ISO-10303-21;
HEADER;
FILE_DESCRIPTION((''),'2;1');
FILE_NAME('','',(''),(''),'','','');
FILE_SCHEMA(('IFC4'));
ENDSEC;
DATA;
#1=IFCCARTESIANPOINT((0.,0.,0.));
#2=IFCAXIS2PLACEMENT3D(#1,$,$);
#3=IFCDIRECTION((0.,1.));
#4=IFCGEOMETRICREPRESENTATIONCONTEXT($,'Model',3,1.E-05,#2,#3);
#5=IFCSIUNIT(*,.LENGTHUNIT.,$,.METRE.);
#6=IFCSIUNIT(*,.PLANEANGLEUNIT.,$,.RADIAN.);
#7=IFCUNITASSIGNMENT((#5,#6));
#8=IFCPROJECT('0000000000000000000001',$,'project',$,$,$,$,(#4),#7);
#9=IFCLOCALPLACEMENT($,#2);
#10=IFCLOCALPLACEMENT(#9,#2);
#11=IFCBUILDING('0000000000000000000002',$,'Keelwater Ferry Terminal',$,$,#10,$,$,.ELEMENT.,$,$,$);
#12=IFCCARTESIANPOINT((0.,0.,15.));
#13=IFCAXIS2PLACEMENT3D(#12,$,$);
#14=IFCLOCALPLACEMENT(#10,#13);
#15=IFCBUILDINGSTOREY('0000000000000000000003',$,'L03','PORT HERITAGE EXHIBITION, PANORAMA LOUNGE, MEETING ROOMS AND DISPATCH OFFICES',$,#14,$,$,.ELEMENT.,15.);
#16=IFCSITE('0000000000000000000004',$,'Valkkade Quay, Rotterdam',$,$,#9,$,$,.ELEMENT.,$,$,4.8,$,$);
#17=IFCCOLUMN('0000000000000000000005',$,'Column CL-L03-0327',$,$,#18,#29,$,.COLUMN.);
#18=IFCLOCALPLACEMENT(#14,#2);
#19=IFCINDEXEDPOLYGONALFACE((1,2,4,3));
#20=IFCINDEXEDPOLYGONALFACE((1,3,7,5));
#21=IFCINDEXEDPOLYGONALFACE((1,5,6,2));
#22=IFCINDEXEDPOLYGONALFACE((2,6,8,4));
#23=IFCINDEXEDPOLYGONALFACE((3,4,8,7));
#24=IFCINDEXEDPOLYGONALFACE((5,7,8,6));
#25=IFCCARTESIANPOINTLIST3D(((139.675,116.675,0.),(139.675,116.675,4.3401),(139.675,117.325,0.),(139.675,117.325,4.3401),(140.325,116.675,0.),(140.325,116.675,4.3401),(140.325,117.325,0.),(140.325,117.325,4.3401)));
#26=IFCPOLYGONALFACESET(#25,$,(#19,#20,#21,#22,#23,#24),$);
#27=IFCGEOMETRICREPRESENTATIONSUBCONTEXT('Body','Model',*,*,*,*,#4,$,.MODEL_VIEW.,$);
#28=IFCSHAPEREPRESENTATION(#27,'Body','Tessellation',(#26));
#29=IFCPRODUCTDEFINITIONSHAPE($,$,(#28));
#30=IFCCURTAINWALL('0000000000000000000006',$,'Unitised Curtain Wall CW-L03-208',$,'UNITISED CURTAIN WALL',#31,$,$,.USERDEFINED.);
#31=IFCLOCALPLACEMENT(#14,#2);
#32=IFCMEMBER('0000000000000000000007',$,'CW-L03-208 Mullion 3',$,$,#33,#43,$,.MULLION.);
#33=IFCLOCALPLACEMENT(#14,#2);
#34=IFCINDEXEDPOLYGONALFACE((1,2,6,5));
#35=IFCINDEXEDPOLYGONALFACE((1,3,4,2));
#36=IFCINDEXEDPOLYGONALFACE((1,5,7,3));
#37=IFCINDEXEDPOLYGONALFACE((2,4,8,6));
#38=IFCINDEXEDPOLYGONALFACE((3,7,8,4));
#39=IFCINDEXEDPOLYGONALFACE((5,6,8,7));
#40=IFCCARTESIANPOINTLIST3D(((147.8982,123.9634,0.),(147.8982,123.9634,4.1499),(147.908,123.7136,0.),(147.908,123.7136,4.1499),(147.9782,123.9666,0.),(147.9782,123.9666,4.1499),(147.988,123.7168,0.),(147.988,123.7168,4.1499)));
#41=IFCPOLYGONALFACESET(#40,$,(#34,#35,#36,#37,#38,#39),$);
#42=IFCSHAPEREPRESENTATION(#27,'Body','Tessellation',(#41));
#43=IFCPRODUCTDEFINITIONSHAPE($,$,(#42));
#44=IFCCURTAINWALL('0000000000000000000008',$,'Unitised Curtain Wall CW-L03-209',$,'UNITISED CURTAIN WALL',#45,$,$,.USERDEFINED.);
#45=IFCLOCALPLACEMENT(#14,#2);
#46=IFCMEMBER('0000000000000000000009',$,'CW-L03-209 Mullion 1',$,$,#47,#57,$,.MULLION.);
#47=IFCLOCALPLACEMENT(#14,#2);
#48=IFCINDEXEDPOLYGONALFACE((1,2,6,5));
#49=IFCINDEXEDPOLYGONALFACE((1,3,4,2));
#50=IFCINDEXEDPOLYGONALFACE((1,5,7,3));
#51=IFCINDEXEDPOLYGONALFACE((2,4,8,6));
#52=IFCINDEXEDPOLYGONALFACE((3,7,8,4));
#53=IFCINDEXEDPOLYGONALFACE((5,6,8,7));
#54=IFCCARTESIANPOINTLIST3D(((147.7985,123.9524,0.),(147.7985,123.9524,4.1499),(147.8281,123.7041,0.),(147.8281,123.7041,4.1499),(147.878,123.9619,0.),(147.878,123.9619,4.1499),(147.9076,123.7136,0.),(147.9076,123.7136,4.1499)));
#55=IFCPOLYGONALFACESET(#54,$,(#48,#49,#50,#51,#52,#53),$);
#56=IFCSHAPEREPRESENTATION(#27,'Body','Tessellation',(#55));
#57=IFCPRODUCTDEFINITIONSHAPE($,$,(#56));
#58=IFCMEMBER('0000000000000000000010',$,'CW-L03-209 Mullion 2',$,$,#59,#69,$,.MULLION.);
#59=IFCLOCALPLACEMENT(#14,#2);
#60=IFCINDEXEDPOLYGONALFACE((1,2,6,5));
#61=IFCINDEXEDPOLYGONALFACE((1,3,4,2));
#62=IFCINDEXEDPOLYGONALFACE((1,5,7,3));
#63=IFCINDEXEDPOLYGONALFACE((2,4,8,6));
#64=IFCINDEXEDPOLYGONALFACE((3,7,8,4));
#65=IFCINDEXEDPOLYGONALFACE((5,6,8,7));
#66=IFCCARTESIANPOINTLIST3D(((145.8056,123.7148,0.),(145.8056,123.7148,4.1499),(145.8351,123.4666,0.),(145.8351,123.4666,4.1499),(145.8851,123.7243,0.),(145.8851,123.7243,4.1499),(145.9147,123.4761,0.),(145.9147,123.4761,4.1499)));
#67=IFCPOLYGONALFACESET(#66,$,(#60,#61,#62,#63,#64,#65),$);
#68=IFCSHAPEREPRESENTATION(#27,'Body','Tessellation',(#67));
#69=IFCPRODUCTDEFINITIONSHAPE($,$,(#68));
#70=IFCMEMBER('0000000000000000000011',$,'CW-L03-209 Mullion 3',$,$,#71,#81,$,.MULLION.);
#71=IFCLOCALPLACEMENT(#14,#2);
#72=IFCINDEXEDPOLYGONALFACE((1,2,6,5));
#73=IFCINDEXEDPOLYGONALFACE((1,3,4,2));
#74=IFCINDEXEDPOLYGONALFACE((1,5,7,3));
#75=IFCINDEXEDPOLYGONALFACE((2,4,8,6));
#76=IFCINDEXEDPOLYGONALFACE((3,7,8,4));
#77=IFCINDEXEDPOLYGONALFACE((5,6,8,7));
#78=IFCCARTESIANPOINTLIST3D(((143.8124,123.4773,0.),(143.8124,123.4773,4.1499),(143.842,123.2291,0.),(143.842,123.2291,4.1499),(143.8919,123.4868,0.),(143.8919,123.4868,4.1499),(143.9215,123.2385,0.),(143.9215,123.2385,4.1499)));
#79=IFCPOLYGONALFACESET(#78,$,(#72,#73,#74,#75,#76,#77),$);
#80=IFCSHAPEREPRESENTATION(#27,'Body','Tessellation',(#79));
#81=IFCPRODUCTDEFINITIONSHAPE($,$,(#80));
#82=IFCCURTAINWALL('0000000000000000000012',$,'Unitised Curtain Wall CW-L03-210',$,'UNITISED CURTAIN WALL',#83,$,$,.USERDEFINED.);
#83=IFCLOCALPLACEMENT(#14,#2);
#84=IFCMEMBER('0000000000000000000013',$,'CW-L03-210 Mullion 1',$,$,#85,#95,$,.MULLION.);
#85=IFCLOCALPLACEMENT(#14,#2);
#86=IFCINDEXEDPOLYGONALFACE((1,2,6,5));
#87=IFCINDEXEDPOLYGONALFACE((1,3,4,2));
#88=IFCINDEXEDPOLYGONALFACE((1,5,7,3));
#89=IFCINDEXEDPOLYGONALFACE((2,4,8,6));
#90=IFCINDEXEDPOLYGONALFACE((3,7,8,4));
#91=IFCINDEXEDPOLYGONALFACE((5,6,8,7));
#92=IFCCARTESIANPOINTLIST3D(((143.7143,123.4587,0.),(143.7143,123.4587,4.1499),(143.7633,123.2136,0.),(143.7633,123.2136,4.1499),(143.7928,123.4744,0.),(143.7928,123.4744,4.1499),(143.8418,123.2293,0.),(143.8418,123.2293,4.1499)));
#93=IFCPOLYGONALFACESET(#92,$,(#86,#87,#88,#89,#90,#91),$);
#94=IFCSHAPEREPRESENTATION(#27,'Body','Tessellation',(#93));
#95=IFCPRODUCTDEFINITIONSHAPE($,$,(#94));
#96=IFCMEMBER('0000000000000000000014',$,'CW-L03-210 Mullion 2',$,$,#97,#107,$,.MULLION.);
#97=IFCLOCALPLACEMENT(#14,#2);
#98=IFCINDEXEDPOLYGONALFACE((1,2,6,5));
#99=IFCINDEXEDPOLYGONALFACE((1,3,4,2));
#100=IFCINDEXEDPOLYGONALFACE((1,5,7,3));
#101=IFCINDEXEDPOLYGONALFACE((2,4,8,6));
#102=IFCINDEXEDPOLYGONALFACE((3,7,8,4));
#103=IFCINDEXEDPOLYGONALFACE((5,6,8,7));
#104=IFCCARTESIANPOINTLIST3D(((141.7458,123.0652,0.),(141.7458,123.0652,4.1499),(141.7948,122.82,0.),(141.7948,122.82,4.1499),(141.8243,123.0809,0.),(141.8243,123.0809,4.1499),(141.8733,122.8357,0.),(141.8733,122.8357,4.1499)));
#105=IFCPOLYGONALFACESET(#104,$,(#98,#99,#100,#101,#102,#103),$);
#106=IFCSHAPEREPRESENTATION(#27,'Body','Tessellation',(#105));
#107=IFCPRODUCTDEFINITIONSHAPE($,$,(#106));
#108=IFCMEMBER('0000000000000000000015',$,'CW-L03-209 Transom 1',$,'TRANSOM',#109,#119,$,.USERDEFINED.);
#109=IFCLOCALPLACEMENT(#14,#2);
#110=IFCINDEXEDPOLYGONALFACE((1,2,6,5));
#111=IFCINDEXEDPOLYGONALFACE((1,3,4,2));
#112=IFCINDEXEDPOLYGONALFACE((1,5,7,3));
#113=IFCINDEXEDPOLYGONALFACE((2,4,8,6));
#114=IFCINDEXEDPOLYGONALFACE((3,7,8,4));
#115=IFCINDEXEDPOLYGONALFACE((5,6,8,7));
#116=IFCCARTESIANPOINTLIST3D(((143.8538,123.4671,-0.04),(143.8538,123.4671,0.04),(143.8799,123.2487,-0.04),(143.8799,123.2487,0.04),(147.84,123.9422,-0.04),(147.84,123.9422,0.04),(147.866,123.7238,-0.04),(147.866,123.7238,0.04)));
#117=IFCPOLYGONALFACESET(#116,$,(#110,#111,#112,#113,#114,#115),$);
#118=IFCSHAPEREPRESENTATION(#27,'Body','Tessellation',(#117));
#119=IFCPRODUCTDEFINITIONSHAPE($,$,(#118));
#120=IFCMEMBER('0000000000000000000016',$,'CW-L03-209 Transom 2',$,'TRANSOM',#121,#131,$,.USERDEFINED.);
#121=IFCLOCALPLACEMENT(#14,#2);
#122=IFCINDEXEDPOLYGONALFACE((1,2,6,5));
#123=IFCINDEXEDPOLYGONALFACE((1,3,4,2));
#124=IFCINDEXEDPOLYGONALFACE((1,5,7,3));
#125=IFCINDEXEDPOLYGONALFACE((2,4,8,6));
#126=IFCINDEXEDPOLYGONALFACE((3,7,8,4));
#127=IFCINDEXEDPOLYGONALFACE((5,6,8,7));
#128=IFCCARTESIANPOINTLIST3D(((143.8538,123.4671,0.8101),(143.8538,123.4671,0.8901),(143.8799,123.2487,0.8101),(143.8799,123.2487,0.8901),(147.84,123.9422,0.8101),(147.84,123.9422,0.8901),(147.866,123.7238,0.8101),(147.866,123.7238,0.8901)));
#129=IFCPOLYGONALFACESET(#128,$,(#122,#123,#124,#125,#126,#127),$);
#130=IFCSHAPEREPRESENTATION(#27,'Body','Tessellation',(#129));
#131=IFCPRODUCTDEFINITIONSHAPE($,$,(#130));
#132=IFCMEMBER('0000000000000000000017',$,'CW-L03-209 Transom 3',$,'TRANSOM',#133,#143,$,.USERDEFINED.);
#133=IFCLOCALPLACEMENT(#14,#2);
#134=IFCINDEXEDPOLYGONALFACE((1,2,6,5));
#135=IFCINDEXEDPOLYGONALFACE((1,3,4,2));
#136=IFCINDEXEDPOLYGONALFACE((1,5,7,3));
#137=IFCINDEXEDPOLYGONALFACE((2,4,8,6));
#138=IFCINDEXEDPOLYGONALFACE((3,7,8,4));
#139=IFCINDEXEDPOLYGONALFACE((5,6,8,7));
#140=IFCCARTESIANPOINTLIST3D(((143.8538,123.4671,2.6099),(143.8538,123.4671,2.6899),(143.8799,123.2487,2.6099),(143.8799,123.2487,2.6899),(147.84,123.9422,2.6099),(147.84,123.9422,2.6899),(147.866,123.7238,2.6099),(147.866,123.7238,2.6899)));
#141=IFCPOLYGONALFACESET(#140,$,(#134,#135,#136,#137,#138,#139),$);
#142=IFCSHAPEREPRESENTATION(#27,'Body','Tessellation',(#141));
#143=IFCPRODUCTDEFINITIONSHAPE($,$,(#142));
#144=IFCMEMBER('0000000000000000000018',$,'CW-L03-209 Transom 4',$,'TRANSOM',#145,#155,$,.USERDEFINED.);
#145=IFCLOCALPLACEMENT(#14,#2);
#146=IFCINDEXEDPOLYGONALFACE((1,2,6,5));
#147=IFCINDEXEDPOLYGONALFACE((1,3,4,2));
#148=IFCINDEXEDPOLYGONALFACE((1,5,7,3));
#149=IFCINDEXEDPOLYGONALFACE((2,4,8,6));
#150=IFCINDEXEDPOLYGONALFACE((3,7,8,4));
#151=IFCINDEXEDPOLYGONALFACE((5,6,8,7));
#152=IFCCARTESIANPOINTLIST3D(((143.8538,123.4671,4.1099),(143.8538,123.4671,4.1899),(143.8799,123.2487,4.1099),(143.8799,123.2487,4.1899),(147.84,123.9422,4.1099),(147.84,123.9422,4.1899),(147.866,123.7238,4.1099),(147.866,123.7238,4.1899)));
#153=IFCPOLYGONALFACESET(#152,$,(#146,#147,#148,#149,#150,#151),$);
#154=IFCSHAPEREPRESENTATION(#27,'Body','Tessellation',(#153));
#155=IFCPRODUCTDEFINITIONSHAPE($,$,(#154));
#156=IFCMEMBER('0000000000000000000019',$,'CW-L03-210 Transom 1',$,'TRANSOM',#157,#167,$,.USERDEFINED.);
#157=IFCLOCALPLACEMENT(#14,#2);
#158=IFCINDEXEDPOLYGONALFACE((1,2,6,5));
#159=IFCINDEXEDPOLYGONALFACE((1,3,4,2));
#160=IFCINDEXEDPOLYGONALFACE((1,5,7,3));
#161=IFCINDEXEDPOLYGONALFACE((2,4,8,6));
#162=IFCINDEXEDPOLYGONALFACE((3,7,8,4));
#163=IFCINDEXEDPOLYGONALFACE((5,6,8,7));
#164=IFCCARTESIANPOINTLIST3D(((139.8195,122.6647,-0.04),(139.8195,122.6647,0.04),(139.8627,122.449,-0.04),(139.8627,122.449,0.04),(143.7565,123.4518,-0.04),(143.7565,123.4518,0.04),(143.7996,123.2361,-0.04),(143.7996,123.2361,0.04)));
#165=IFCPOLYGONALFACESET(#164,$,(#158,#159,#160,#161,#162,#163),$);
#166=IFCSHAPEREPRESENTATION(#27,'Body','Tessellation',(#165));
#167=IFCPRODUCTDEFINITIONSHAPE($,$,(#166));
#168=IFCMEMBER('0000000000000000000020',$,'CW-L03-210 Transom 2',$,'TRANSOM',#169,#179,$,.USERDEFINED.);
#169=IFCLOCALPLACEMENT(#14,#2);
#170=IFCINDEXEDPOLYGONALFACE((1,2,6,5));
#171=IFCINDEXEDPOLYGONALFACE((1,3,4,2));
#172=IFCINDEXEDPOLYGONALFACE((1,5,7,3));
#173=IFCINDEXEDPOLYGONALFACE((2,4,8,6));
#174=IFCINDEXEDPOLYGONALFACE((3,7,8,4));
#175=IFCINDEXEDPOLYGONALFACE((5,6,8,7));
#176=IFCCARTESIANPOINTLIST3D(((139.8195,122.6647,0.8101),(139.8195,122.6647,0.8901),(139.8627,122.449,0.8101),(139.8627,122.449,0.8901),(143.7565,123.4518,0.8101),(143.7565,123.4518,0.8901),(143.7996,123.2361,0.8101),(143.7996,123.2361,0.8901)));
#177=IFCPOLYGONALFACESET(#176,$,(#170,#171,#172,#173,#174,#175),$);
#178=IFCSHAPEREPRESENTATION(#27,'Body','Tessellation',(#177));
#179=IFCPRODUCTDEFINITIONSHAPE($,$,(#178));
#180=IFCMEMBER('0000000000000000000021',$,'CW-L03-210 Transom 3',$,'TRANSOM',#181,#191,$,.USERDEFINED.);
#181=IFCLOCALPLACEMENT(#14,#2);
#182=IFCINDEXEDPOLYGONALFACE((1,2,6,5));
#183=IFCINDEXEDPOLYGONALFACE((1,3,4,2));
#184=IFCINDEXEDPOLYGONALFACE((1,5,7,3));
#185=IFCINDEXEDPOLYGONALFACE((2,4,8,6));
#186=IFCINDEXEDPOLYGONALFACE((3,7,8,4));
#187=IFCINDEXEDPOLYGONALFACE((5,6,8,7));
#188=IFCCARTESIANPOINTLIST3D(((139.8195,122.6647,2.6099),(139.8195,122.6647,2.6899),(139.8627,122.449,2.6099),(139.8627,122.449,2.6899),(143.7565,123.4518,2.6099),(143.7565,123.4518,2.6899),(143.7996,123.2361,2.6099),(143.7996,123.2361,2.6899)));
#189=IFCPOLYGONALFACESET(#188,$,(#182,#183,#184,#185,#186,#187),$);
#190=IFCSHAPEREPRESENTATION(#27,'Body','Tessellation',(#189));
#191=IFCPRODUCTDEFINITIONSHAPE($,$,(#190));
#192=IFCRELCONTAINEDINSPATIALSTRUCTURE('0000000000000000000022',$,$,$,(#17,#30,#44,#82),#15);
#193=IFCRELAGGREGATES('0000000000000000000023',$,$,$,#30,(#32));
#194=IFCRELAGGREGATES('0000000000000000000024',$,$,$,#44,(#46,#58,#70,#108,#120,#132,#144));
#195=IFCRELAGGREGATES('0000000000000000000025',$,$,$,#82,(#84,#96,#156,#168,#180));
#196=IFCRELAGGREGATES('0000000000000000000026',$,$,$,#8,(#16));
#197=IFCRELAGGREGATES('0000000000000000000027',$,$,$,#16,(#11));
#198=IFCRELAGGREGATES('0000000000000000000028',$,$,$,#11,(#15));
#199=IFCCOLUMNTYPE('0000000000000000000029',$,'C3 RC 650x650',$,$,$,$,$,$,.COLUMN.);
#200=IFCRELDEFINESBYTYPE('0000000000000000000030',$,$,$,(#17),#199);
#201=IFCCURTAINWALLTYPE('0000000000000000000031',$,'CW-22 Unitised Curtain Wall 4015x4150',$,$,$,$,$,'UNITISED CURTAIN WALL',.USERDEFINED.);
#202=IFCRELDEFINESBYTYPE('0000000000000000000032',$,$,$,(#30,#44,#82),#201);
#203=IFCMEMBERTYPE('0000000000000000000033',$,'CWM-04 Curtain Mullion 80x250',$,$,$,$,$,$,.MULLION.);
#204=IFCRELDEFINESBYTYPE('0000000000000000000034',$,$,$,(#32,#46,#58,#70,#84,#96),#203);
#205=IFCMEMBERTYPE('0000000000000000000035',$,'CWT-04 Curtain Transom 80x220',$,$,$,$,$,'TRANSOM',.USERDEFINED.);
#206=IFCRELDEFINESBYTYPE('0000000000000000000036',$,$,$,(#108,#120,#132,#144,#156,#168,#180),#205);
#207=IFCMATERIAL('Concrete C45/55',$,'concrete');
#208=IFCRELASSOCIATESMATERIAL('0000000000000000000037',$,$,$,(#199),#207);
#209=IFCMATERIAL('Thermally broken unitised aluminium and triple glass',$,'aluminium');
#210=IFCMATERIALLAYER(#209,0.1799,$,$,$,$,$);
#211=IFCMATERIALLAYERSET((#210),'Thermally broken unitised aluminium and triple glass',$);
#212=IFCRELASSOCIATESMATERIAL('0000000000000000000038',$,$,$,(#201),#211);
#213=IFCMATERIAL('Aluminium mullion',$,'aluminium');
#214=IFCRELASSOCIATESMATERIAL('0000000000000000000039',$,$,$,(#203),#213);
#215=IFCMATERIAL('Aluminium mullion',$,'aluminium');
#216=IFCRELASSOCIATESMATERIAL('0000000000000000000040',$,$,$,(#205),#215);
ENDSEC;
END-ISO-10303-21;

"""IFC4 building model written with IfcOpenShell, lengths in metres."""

from ifc_helpers import new_model, si_unit, direction, frame, origin, origin_2d, place, context, subcontext, project, spatial, rectangle, extrude, material, layer, layer_set, material_profile, profile_set, type_object, element, aggregate, save


model = new_model("IFC4")

# Units and contexts
model_context = context("Model", 3, precision=1e-05, world=origin(), true_north=direction((0.0, 1.0)))
body_context = subcontext(model_context, "Body", "Model", "MODEL_VIEW")
ifc_project = project(units=[si_unit("LENGTHUNIT", "METRE"), si_unit("PLANEANGLEUNIT", "RADIAN")], contexts=[model_context])

# Site, building, storey
site_placement = place(None, origin())
site = spatial("IfcSite", under=ifc_project, at=site_placement, Name="Valkkade Quay, Rotterdam", CompositionType="ELEMENT", RefElevation=4.8)
building_placement = place(site_placement, origin())
building = spatial("IfcBuilding", under=site, at=building_placement, Name="Keelwater Ferry Terminal", CompositionType="ELEMENT")
storey_placement = place(building_placement, frame((0.0, 0.0, 15.0)))
storey = spatial("IfcBuildingStorey", under=building, at=storey_placement, Name="L03", Description="PORT HERITAGE EXHIBITION, PANORAMA LOUNGE, MEETING ROOMS AND DISPATCH OFFICES", CompositionType="ELEMENT", Elevation=15.0)

# Column
ifc_material_1 = material(Name="Concrete C45/55", Category="concrete")
ifc_material_profile_1 = material_profile(ifc_material_1, rectangle(XDim=0.6499, YDim=0.6499, at=origin_2d()), Name="RC 650x650")
ifc_profile_set_1 = profile_set([ifc_material_profile_1], Name="Concrete C45/55")
column_type = type_object("IfcColumnType", Name="C3 RC 650x650", PredefinedType="COLUMN", material=ifc_profile_set_1)
column_placement = place(storey_placement, frame((140.0, 117.0, 0.0), z_axis=(0.0, 0.0, 1.0), x_axis=(1.0, 0.0, 0.0)))
element("IfcColumn", 1, at=column_placement, inside=storey, type_object=column_type, Name="Column CL-L03-0327", PredefinedType="COLUMN", context=body_context, shape_type="SweptSolid", body=[
    extrude(rectangle(XDim=0.6499, YDim=0.6499, at=origin_2d()), origin(), (0.0, 0.0, 1.0), 4.3401),
])

# Curtain wall, member
ifc_material_2 = material(Name="Thermally broken unitised aluminium and triple glass", Category="aluminium")
ifc_layer_1 = layer(ifc_material_2, 0.1799)
ifc_layer_set_1 = layer_set([ifc_layer_1], Name="Thermally broken unitised aluminium and triple glass")
curtain_wall_type = type_object("IfcCurtainWallType", Name="CW-22 Unitised Curtain Wall 4015x4150", ElementType="UNITISED CURTAIN WALL", PredefinedType="USERDEFINED", material=ifc_layer_set_1)
curtain_wall_1_placement = place(storey_placement, origin())
curtain_wall_1 = element("IfcCurtainWall", 2, at=curtain_wall_1_placement, inside=storey, type_object=curtain_wall_type, Name="Unitised Curtain Wall CW-L03-208", ObjectType="UNITISED CURTAIN WALL", PredefinedType="USERDEFINED")
ifc_material_3 = material(Name="Aluminium mullion", Category="aluminium")
ifc_material_profile_2 = material_profile(ifc_material_3, rectangle(XDim=0.0801, YDim=0.25, at=origin_2d()), Name="CWM-04")
ifc_profile_set_2 = profile_set([ifc_material_profile_2], Name="Aluminium mullion")
member_type_1 = type_object("IfcMemberType", Name="CWM-04 Curtain Mullion 80x250", PredefinedType="MULLION", material=ifc_profile_set_2)
member_1_placement = place(storey_placement, frame((147.9431, 123.8401, 0.0), z_axis=(0.0, 0.0, 1.0), x_axis=(-0.999225, -0.039351, 0.0)))
member_1 = element("IfcMember", 3, at=member_1_placement, type_object=member_type_1, Name="CW-L03-208 Mullion 3", PredefinedType="MULLION", context=body_context, shape_type="SweptSolid", body=[
    extrude(rectangle(XDim=0.0801, YDim=0.25, at=origin_2d()), origin(), (0.0, 0.0, 1.0), 4.1499),
])
aggregate(curtain_wall_1, [member_1])

# Curtain walls, members
curtain_wall_2_placement = place(storey_placement, origin())
curtain_wall_2 = element("IfcCurtainWall", 4, at=curtain_wall_2_placement, inside=storey, type_object=curtain_wall_type, Name="Unitised Curtain Wall CW-L03-209", ObjectType="UNITISED CURTAIN WALL", PredefinedType="USERDEFINED")
member_2_placement = place(storey_placement, frame((147.853, 123.833, 0.0), z_axis=(0.0, 0.0, 1.0), x_axis=(-0.992974, -0.11833, 0.0)))
member_2 = element("IfcMember", 5, at=member_2_placement, type_object=member_type_1, Name="CW-L03-209 Mullion 1", PredefinedType="MULLION", context=body_context, shape_type="SweptSolid", body=[
    extrude(rectangle(XDim=0.0801, YDim=0.25, at=origin_2d()), origin(), (0.0, 0.0, 1.0), 4.1499),
])
member_3_placement = place(storey_placement, frame((145.8601, 123.5955, 0.0), z_axis=(0.0, 0.0, 1.0), x_axis=(-0.992974, -0.11833, 0.0)))
member_3 = element("IfcMember", 6, at=member_3_placement, type_object=member_type_1, Name="CW-L03-209 Mullion 2", PredefinedType="MULLION", context=body_context, shape_type="SweptSolid", body=[
    extrude(rectangle(XDim=0.0801, YDim=0.25, at=origin_2d()), origin(), (0.0, 0.0, 1.0), 4.1499),
])
member_4_placement = place(storey_placement, frame((143.8669, 123.3579, 0.0), z_axis=(0.0, 0.0, 1.0), x_axis=(-0.992974, -0.11833, 0.0)))
member_4 = element("IfcMember", 7, at=member_4_placement, type_object=member_type_1, Name="CW-L03-209 Mullion 3", PredefinedType="MULLION", context=body_context, shape_type="SweptSolid", body=[
    extrude(rectangle(XDim=0.0801, YDim=0.25, at=origin_2d()), origin(), (0.0, 0.0, 1.0), 4.1499),
])
curtain_wall_3_placement = place(storey_placement, origin())
curtain_wall_3 = element("IfcCurtainWall", 8, at=curtain_wall_3_placement, inside=storey, type_object=curtain_wall_type, Name="Unitised Curtain Wall CW-L03-210", ObjectType="UNITISED CURTAIN WALL", PredefinedType="USERDEFINED")
member_5_placement = place(storey_placement, frame((143.7781, 123.344, 0.0), z_axis=(0.0, 0.0, 1.0), x_axis=(-0.9806, -0.19602, 0.0)))
member_5 = element("IfcMember", 9, at=member_5_placement, type_object=member_type_1, Name="CW-L03-210 Mullion 1", PredefinedType="MULLION", context=body_context, shape_type="SweptSolid", body=[
    extrude(rectangle(XDim=0.0801, YDim=0.25, at=origin_2d()), origin(), (0.0, 0.0, 1.0), 4.1499),
])
member_6_placement = place(storey_placement, frame((141.8096, 122.9504, 0.0), z_axis=(0.0, 0.0, 1.0), x_axis=(-0.9806, -0.19602, 0.0)))
member_6 = element("IfcMember", 10, at=member_6_placement, type_object=member_type_1, Name="CW-L03-210 Mullion 2", PredefinedType="MULLION", context=body_context, shape_type="SweptSolid", body=[
    extrude(rectangle(XDim=0.0801, YDim=0.25, at=origin_2d()), origin(), (0.0, 0.0, 1.0), 4.1499),
])

# Members
ifc_material_4 = material(Name="Aluminium mullion", Category="aluminium")
ifc_material_profile_3 = material_profile(ifc_material_4, rectangle(XDim=0.22, YDim=0.0801, at=origin_2d()), Name="CWT-04")
ifc_profile_set_3 = profile_set([ifc_material_profile_3], Name="Aluminium mullion")
member_type_2 = type_object("IfcMemberType", Name="CWT-04 Curtain Transom 80x220", ElementType="TRANSOM", PredefinedType="USERDEFINED", material=ifc_profile_set_3)
member_7_placement = place(storey_placement, frame((147.853, 123.833, 0.0), z_axis=(-0.992972, -0.118351, 0.0), x_axis=(0.118351, -0.992972, 0.0)))
member_7 = element("IfcMember", 11, at=member_7_placement, type_object=member_type_2, Name="CW-L03-209 Transom 1", ObjectType="TRANSOM", PredefinedType="USERDEFINED", context=body_context, shape_type="SweptSolid", body=[
    extrude(rectangle(XDim=0.22, YDim=0.0801, at=origin_2d()), origin(), (0.0, 0.0, 1.0), 4.0144),
])
member_8_placement = place(storey_placement, frame((147.853, 123.833, 0.8501), z_axis=(-0.992972, -0.118351, 0.0), x_axis=(0.118351, -0.992972, 0.0)))
member_8 = element("IfcMember", 12, at=member_8_placement, type_object=member_type_2, Name="CW-L03-209 Transom 2", ObjectType="TRANSOM", PredefinedType="USERDEFINED", context=body_context, shape_type="SweptSolid", body=[
    extrude(rectangle(XDim=0.22, YDim=0.0801, at=origin_2d()), origin(), (0.0, 0.0, 1.0), 4.0144),
])
member_9_placement = place(storey_placement, frame((147.853, 123.833, 2.6499), z_axis=(-0.992972, -0.118351, 0.0), x_axis=(0.118351, -0.992972, 0.0)))
member_9 = element("IfcMember", 13, at=member_9_placement, type_object=member_type_2, Name="CW-L03-209 Transom 3", ObjectType="TRANSOM", PredefinedType="USERDEFINED", context=body_context, shape_type="SweptSolid", body=[
    extrude(rectangle(XDim=0.22, YDim=0.0801, at=origin_2d()), origin(), (0.0, 0.0, 1.0), 4.0144),
])
member_10_placement = place(storey_placement, frame((147.853, 123.833, 4.1499), z_axis=(-0.992972, -0.118351, 0.0), x_axis=(0.118351, -0.992972, 0.0)))
member_10 = element("IfcMember", 14, at=member_10_placement, type_object=member_type_2, Name="CW-L03-209 Transom 4", ObjectType="TRANSOM", PredefinedType="USERDEFINED", context=body_context, shape_type="SweptSolid", body=[
    extrude(rectangle(XDim=0.22, YDim=0.0801, at=origin_2d()), origin(), (0.0, 0.0, 1.0), 4.0144),
])
member_11_placement = place(storey_placement, frame((143.7781, 123.344, 0.0), z_axis=(-0.980595, -0.196046, 0.0), x_axis=(0.196046, -0.980595, 0.0)))
member_11 = element("IfcMember", 15, at=member_11_placement, type_object=member_type_2, Name="CW-L03-210 Transom 1", ObjectType="TRANSOM", PredefinedType="USERDEFINED", context=body_context, shape_type="SweptSolid", body=[
    extrude(rectangle(XDim=0.22, YDim=0.0801, at=origin_2d()), origin(), (0.0, 0.0, 1.0), 4.0149),
])
member_12_placement = place(storey_placement, frame((143.7781, 123.344, 0.8501), z_axis=(-0.980595, -0.196046, 0.0), x_axis=(0.196046, -0.980595, 0.0)))
member_12 = element("IfcMember", 16, at=member_12_placement, type_object=member_type_2, Name="CW-L03-210 Transom 2", ObjectType="TRANSOM", PredefinedType="USERDEFINED", context=body_context, shape_type="SweptSolid", body=[
    extrude(rectangle(XDim=0.22, YDim=0.0801, at=origin_2d()), origin(), (0.0, 0.0, 1.0), 4.0149),
])
member_13_placement = place(storey_placement, frame((143.7781, 123.344, 2.6499), z_axis=(-0.980595, -0.196046, 0.0), x_axis=(0.196046, -0.980595, 0.0)))
member_13 = element("IfcMember", 17, at=member_13_placement, type_object=member_type_2, Name="CW-L03-210 Transom 3", ObjectType="TRANSOM", PredefinedType="USERDEFINED", context=body_context, shape_type="SweptSolid", body=[
    extrude(rectangle(XDim=0.22, YDim=0.0801, at=origin_2d()), origin(), (0.0, 0.0, 1.0), 4.0149),
])

aggregate(curtain_wall_2, [member_2, member_3, member_4, member_7, member_8, member_9, member_10])
aggregate(curtain_wall_3, [member_5, member_6, member_11, member_12, member_13])

save(model, "model.ifc")
